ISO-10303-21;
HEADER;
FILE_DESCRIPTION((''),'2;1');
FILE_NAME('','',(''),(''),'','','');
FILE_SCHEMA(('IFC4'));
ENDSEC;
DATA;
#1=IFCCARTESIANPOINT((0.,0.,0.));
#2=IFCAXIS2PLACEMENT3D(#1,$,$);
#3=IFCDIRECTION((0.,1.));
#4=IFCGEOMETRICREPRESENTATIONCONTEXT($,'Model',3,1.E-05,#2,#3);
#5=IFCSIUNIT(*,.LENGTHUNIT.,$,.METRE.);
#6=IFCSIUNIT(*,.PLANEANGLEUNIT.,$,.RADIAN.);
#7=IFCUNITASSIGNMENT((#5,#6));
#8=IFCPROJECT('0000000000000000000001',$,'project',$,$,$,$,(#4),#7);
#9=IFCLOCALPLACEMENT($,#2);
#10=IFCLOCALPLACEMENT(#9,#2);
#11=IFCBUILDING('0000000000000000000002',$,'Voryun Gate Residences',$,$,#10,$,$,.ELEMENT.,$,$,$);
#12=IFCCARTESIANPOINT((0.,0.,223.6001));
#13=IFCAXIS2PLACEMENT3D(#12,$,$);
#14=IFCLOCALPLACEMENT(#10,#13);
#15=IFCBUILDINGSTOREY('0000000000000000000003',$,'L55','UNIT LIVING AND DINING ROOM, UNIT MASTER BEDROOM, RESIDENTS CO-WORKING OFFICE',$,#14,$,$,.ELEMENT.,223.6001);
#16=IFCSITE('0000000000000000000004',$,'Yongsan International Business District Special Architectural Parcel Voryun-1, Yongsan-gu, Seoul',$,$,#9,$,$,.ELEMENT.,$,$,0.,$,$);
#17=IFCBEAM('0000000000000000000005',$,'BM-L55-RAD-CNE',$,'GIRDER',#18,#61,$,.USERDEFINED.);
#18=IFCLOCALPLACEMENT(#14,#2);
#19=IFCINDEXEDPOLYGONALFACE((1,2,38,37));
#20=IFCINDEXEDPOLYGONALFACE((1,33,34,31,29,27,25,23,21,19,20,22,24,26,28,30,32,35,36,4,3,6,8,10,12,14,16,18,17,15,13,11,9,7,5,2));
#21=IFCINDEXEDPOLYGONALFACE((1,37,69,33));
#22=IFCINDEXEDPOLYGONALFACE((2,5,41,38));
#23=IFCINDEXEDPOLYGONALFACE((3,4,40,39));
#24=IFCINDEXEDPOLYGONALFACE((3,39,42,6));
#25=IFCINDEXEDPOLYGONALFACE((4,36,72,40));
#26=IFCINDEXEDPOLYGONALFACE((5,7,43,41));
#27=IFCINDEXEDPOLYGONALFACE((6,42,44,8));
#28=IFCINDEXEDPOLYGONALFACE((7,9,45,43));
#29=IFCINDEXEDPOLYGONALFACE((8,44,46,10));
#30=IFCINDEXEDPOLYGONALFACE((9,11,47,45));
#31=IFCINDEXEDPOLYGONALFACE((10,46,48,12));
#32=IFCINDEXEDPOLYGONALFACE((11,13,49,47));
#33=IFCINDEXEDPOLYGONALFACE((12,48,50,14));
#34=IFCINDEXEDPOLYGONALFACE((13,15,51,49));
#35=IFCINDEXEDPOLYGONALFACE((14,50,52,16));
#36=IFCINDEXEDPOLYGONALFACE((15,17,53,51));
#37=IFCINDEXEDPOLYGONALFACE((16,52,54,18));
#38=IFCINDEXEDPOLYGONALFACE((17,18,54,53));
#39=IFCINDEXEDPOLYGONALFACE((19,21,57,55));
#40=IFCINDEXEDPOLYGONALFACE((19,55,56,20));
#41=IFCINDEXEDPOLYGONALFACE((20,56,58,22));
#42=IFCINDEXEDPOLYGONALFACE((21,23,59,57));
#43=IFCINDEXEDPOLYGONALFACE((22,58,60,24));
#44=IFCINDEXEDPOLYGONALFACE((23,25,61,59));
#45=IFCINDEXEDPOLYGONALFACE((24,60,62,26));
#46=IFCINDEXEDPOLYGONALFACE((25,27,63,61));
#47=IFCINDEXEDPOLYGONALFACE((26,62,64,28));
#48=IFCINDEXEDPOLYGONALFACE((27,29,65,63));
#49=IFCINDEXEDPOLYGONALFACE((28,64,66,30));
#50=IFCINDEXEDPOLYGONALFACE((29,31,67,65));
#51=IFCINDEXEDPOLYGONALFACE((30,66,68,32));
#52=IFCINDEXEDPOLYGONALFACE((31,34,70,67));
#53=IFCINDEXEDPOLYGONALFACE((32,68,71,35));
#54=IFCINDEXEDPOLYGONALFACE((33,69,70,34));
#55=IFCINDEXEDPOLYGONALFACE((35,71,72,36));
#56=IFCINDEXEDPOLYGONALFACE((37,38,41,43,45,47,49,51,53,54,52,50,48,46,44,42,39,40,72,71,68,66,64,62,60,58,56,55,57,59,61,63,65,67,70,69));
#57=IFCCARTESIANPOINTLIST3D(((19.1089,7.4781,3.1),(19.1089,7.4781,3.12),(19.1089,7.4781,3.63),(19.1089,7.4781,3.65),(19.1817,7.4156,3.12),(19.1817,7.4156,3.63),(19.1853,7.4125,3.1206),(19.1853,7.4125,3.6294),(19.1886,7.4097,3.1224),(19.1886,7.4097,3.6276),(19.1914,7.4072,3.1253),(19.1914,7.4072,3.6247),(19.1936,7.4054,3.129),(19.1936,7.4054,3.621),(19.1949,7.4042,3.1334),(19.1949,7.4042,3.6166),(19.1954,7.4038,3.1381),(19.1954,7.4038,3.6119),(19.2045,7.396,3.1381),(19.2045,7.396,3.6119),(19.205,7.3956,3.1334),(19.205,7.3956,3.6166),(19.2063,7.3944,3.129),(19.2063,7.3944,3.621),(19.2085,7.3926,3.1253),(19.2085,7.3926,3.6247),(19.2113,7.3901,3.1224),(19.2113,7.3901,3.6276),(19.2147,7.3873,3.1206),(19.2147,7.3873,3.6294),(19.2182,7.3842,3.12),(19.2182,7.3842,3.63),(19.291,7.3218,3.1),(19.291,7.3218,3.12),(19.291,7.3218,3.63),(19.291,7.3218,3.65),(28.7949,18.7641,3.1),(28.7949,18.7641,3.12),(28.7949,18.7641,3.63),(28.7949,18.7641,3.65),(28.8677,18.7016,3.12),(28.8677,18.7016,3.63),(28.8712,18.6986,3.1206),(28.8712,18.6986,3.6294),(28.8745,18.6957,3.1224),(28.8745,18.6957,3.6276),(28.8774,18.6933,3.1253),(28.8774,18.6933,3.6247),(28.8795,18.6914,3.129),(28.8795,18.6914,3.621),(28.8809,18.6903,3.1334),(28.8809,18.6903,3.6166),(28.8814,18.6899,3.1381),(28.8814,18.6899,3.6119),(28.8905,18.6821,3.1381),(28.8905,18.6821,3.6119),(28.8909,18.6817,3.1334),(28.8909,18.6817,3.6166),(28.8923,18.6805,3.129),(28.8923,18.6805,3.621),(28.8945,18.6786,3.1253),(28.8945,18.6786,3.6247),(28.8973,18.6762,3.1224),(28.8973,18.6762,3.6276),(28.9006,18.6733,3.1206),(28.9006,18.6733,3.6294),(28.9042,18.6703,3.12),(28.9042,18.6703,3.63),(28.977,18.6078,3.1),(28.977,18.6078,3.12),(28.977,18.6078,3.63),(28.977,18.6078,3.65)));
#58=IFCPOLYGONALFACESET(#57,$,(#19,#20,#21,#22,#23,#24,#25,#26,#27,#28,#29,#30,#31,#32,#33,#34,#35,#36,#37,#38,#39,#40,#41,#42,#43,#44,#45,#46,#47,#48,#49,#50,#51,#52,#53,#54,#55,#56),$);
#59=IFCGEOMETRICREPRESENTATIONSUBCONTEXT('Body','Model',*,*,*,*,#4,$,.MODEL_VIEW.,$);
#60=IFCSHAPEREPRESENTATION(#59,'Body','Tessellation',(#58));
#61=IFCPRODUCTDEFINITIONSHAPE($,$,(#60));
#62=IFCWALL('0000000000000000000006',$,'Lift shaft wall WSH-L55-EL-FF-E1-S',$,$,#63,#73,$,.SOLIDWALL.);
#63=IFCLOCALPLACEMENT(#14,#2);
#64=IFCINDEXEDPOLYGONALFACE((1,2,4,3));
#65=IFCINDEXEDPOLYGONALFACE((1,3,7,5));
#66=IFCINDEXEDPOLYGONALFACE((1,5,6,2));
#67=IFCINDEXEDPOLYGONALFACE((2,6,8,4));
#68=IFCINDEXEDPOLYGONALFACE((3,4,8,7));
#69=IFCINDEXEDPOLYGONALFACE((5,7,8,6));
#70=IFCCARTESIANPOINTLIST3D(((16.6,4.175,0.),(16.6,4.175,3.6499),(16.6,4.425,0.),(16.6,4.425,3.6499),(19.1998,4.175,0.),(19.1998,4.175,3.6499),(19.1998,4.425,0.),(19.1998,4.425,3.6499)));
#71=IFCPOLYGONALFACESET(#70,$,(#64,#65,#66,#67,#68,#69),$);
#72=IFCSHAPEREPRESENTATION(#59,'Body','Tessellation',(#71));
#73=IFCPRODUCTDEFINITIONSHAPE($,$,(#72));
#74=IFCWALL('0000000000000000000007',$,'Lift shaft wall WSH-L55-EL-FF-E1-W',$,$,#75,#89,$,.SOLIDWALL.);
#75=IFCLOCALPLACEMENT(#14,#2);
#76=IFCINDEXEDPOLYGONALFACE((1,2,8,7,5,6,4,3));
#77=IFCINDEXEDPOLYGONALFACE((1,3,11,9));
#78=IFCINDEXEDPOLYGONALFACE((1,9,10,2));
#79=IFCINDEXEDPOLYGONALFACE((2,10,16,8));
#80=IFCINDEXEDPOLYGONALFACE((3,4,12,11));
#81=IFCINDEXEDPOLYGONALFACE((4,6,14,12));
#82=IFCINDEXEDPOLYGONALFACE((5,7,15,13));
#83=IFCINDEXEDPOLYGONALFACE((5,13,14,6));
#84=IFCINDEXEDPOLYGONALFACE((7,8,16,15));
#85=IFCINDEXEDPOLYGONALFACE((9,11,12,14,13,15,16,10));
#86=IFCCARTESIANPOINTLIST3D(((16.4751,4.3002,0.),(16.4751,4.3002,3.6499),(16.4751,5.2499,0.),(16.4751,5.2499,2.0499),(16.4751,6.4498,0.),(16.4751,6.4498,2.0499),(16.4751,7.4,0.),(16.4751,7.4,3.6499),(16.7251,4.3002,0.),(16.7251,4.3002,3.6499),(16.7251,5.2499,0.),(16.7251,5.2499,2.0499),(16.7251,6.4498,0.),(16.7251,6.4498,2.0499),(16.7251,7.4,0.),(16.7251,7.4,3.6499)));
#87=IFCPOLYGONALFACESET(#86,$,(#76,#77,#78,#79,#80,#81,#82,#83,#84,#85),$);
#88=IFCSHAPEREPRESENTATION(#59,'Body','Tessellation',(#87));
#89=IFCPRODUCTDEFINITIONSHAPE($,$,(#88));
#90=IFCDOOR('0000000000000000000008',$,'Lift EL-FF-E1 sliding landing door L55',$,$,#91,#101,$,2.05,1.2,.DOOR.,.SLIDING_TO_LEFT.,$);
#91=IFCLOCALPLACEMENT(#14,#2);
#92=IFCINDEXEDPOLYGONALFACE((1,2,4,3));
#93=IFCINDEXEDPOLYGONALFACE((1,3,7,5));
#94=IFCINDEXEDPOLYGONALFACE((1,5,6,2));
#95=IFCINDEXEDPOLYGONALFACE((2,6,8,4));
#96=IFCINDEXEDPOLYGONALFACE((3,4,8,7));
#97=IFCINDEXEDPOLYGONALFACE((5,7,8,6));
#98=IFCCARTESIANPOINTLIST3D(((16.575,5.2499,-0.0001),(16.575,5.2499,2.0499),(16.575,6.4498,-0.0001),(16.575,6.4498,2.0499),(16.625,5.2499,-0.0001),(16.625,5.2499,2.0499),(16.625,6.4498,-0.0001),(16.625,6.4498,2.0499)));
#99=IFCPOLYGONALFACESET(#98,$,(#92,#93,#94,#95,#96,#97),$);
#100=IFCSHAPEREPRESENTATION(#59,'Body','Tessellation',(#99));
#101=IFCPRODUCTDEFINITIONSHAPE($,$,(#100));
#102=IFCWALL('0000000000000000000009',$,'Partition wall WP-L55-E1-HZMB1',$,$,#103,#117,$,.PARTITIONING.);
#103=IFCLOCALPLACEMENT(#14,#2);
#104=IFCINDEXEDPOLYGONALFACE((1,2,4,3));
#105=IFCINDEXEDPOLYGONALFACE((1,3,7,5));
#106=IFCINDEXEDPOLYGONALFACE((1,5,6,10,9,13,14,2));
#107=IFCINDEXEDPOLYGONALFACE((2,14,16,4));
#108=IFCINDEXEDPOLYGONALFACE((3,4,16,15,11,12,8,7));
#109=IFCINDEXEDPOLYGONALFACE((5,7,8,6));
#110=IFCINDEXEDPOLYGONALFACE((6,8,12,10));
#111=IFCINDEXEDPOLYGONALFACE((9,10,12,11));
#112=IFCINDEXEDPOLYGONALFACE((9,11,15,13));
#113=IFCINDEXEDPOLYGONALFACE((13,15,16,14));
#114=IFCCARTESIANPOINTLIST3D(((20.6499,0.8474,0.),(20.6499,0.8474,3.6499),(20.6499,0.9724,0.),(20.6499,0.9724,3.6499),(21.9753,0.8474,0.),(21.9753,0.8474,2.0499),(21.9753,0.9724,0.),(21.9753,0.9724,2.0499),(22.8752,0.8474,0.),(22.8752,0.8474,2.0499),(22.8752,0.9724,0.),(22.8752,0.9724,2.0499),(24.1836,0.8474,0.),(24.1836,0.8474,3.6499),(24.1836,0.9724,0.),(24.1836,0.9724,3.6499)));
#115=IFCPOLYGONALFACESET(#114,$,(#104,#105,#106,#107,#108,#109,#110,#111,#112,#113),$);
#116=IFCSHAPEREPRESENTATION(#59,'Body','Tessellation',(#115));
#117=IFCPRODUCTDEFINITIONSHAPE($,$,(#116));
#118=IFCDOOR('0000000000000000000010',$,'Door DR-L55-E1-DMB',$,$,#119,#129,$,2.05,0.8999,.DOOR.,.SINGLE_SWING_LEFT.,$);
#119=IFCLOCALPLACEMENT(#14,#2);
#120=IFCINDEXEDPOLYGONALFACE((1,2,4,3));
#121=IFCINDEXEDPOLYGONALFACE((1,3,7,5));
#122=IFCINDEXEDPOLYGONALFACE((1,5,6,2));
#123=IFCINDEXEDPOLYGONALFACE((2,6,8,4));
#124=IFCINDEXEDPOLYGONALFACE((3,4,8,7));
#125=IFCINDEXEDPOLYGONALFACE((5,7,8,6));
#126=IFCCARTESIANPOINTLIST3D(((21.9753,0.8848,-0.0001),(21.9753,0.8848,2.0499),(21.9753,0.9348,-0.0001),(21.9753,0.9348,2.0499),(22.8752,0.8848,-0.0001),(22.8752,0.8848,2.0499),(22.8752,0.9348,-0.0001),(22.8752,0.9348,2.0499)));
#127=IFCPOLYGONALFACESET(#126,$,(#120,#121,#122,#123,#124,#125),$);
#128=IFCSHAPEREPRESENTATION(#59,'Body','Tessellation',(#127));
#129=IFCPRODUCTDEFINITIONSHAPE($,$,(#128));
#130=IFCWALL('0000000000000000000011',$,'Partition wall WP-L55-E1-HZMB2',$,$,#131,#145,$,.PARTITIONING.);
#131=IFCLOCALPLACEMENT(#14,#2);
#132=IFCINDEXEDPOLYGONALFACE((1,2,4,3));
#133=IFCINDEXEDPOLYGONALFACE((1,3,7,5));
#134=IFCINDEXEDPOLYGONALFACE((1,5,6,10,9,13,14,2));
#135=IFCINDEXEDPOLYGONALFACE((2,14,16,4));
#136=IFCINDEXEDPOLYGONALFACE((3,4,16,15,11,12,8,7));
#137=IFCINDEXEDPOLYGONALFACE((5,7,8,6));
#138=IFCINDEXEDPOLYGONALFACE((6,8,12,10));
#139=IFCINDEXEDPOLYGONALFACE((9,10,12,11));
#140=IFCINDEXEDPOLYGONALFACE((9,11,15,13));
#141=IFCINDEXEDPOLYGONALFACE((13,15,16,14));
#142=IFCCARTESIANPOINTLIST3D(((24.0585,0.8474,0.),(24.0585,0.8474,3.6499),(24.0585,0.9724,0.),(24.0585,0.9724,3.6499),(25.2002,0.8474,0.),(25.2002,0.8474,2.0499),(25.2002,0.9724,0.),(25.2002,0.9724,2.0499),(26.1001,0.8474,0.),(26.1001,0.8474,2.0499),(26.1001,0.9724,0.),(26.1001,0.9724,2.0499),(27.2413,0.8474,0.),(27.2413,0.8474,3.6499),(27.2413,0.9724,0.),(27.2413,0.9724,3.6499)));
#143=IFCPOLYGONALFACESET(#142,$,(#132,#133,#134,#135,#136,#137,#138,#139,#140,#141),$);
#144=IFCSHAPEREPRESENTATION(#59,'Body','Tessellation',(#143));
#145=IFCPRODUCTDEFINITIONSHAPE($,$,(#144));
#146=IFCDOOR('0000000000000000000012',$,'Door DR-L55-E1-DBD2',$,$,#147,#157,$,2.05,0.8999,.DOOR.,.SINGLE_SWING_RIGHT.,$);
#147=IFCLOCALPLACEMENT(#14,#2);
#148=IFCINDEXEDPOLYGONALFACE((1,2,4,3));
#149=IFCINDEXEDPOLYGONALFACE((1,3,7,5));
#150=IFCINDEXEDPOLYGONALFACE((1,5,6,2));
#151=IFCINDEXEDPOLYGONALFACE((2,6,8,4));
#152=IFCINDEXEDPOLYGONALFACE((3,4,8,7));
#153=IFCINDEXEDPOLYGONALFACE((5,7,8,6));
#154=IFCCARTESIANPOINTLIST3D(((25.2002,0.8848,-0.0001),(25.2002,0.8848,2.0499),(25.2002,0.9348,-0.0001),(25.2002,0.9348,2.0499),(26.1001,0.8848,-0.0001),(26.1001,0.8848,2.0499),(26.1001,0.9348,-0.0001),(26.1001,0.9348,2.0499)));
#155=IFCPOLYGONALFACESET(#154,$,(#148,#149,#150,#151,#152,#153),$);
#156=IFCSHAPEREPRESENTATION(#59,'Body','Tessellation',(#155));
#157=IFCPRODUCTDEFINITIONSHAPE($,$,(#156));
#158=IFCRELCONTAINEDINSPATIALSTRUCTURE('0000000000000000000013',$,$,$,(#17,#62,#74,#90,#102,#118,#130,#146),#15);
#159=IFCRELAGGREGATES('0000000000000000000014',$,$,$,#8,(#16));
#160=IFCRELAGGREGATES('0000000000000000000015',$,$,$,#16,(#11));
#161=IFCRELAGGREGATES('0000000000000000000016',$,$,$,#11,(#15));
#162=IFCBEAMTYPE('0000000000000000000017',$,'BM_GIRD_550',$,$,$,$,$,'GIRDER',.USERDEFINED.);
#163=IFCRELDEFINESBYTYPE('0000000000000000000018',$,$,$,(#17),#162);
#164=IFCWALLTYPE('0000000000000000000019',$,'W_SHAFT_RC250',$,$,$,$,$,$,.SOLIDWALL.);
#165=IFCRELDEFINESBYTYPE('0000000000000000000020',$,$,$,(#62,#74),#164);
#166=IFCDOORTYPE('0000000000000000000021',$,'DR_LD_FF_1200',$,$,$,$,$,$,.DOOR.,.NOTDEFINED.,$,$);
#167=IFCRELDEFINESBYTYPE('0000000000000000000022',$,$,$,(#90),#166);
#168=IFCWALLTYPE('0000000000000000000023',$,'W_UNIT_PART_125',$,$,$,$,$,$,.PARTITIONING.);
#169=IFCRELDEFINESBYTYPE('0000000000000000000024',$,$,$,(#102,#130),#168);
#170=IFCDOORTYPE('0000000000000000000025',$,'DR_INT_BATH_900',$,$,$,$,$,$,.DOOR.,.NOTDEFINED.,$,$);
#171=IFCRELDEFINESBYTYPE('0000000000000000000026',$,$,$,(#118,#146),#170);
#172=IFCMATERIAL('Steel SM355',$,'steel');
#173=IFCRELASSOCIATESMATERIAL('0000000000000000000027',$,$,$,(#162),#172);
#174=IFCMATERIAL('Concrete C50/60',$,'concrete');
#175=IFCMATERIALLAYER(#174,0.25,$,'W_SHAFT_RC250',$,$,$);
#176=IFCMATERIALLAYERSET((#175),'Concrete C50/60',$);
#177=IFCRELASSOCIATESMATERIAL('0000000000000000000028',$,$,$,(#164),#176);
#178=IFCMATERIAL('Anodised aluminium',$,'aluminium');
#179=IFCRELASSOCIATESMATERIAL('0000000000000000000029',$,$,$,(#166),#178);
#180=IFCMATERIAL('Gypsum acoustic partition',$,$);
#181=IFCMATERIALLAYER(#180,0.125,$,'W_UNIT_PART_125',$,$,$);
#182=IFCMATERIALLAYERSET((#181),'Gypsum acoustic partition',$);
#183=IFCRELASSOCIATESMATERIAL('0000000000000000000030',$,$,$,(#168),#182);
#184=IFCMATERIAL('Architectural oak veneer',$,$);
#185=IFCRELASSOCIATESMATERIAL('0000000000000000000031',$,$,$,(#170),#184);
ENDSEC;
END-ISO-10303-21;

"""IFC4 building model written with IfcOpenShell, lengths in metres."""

from ifc_helpers import new_model, si_unit, direction, frame, frame_2d, origin, origin_2d, place, context, subcontext, project, spatial, rectangle, i_section, extrude, material, layer, layer_set, material_profile, profile_set, type_object, element, fill, save


model = new_model("IFC4")

# Units and contexts
model_context = context("Model", 3, precision=1e-05, world=origin(), true_north=direction((0.0, 1.0)))
body_context = subcontext(model_context, "Body", "Model", "MODEL_VIEW")
ifc_project = project(units=[si_unit("LENGTHUNIT", "METRE"), si_unit("PLANEANGLEUNIT", "RADIAN")], contexts=[model_context])

# Site, building, storey
site_placement = place(None, origin())
site = spatial("IfcSite", under=ifc_project, at=site_placement, Name="Yongsan International Business District Special Architectural Parcel Voryun-1, Yongsan-gu, Seoul", CompositionType="ELEMENT", RefElevation=0.0)
building_placement = place(site_placement, origin())
building = spatial("IfcBuilding", under=site, at=building_placement, Name="Voryun Gate Residences", CompositionType="ELEMENT")
storey_placement = place(building_placement, frame((0.0, 0.0, 223.6001)))
storey = spatial("IfcBuildingStorey", under=building, at=storey_placement, Name="L55", Description="UNIT LIVING AND DINING ROOM, UNIT MASTER BEDROOM, RESIDENTS CO-WORKING OFFICE", CompositionType="ELEMENT", Elevation=223.6001)

# Beam
ifc_material_1 = material(Name="Steel SM355", Category="steel")
ifc_material_profile_1 = material_profile(ifc_material_1, i_section(OverallWidth=0.24, OverallDepth=0.55, WebThickness=0.012, FlangeThickness=0.02, FilletRadius=0.0181, at=origin_2d()), Name="H-550x240x12x20")
ifc_profile_set_1 = profile_set([ifc_material_profile_1], Name="Steel SM355")
beam_type_1 = type_object("IfcBeamType", Name="BM_GIRD_550", ElementType="GIRDER", PredefinedType="USERDEFINED", material=ifc_profile_set_1)
beam_1_placement = place(storey_placement, frame((19.2, 7.3999, 3.375), z_axis=(0.651264, 0.758851, 0.0), x_axis=(-0.758851, 0.651264, 0.0)))
element("IfcBeam", 1, at=beam_1_placement, inside=storey, type_object=beam_type_1, Name="BM-L55-RAD-CNE", ObjectType="GIRDER", PredefinedType="USERDEFINED", context=body_context, shape_type="SweptSolid", body=[
    extrude(i_section(OverallWidth=0.24, OverallDepth=0.55, WebThickness=0.012, FlangeThickness=0.02, FilletRadius=0.0181, at=origin_2d()), origin(), (0.0, 0.0, 1.0), 14.8726),
])

# Wall
ifc_material_2 = material(Name="Concrete C50/60", Category="concrete")
ifc_layer_1 = layer(ifc_material_2, 0.25, Name="W_SHAFT_RC250")
ifc_layer_set_1 = layer_set([ifc_layer_1], Name="Concrete C50/60")
wall_type_1 = type_object("IfcWallType", Name="W_SHAFT_RC250", PredefinedType="SOLIDWALL", material=ifc_layer_set_1)
wall_1_placement = place(storey_placement, frame((16.6001, 4.3, 0.0), z_axis=(0.0, 0.0, 1.0), x_axis=(1.0, 0.0, 0.0)))
element("IfcWall", 2, at=wall_1_placement, inside=storey, type_object=wall_type_1, Name="Lift shaft wall WSH-L55-EL-FF-E1-S", PredefinedType="SOLIDWALL", context=body_context, shape_type="SweptSolid", body=[
    extrude(rectangle(XDim=2.5999, YDim=0.25, at=frame_2d((1.2998, 0.0))), origin(), (0.0, 0.0, 1.0), 3.6499),
])

# Walls, openings, doors
wall_2_placement = place(storey_placement, frame((16.6001, 7.3999, 0.0), z_axis=(0.0, 0.0, 1.0), x_axis=(0.0, -1.0, 0.0)))
wall_2 = element("IfcWall", 3, at=wall_2_placement, inside=storey, type_object=wall_type_1, Name="Lift shaft wall WSH-L55-EL-FF-E1-W", PredefinedType="SOLIDWALL", context=body_context, shape_type="SweptSolid", body=[
    extrude(rectangle(XDim=3.0999, YDim=0.25, at=frame_2d((1.5498, 0.0))), origin(), (0.0, 0.0, 1.0), 3.6499),
])
opening_1_placement = place(wall_2_placement, frame((0.95, 0.0, 0.0)))
opening_1 = element("IfcOpeningElement", 4, at=opening_1_placement, cuts=wall_2, PredefinedType="OPENING", context=body_context, shape_type="SweptSolid", body=[
    extrude(rectangle(XDim=1.2, YDim=2.05, at=frame_2d((0.6001, 1.0249))), frame((0.0, 0.135, 0.0), z_axis=(0.0, -1.0, 0.0), x_axis=(1.0, 0.0, 0.0)), (0.0, 0.0, 1.0), 0.27),
])
ifc_material_3 = material(Name="Anodised aluminium", Category="aluminium")
door_type_1 = type_object("IfcDoorType", Name="DR_LD_FF_1200", OperationType="NOTDEFINED", PredefinedType="DOOR", material=ifc_material_3)
door_1_placement = place(opening_1_placement, origin())
door_1 = element("IfcDoor", 5, at=door_1_placement, inside=storey, type_object=door_type_1, Name="Lift EL-FF-E1 sliding landing door L55", OperationType="SLIDING_TO_LEFT", OverallHeight=2.05, OverallWidth=1.2, PredefinedType="DOOR", context=body_context, shape_type="SweptSolid", body=[
    extrude(rectangle(XDim=1.2, YDim=2.05, at=frame_2d((0.6001, 1.0249))), frame((0.0, 0.0249, 0.0), z_axis=(0.0, -1.0, 0.0), x_axis=(1.0, 0.0, 0.0)), (0.0, 0.0, 1.0), 0.05),
])
fill(opening_1, door_1)
ifc_material_4 = material(Name="Gypsum acoustic partition")
ifc_layer_2 = layer(ifc_material_4, 0.125, Name="W_UNIT_PART_125")
ifc_layer_set_2 = layer_set([ifc_layer_2], Name="Gypsum acoustic partition")
wall_type_2 = type_object("IfcWallType", Name="W_UNIT_PART_125", PredefinedType="PARTITIONING", material=ifc_layer_set_2)
wall_3_placement = place(storey_placement, frame((20.6499, 0.9099, 0.0), z_axis=(0.0, 0.0, 1.0), x_axis=(1.0, 0.0, 0.0)))
wall_3 = element("IfcWall", 6, at=wall_3_placement, inside=storey, type_object=wall_type_2, Name="Partition wall WP-L55-E1-HZMB1", PredefinedType="PARTITIONING", context=body_context, shape_type="SweptSolid", body=[
    extrude(rectangle(XDim=3.5337, YDim=0.125, at=frame_2d((1.7668, 0.0))), origin(), (0.0, 0.0, 1.0), 3.6499),
])
opening_2_placement = place(wall_3_placement, frame((1.3254, 0.0, 0.0)))
opening_2 = element("IfcOpeningElement", 7, at=opening_2_placement, cuts=wall_3, PredefinedType="OPENING", context=body_context, shape_type="SweptSolid", body=[
    extrude(rectangle(XDim=0.8999, YDim=2.05, at=frame_2d((0.45, 1.0249))), frame((0.0, 0.0725, 0.0), z_axis=(0.0, -1.0, 0.0), x_axis=(1.0, 0.0, 0.0)), (0.0, 0.0, 1.0), 0.145),
])
ifc_material_5 = material(Name="Architectural oak veneer")
door_type_2 = type_object("IfcDoorType", Name="DR_INT_BATH_900", OperationType="NOTDEFINED", PredefinedType="DOOR", material=ifc_material_5)
door_2_placement = place(opening_2_placement, origin())
door_2 = element("IfcDoor", 8, at=door_2_placement, inside=storey, type_object=door_type_2, Name="Door DR-L55-E1-DMB", OperationType="SINGLE_SWING_LEFT", OverallHeight=2.05, OverallWidth=0.8999, PredefinedType="DOOR", context=body_context, shape_type="SweptSolid", body=[
    extrude(rectangle(XDim=0.8999, YDim=2.05, at=frame_2d((0.45, 1.0249))), frame((0.0, 0.0249, 0.0), z_axis=(0.0, -1.0, 0.0), x_axis=(1.0, 0.0, 0.0)), (0.0, 0.0, 1.0), 0.05),
])
fill(opening_2, door_2)
wall_4_placement = place(storey_placement, frame((24.0586, 0.9099, 0.0), z_axis=(0.0, 0.0, 1.0), x_axis=(1.0, 0.0, 0.0)))
wall_4 = element("IfcWall", 9, at=wall_4_placement, inside=storey, type_object=wall_type_2, Name="Partition wall WP-L55-E1-HZMB2", PredefinedType="PARTITIONING", context=body_context, shape_type="SweptSolid", body=[
    extrude(rectangle(XDim=3.1829, YDim=0.125, at=frame_2d((1.5913, 0.0))), origin(), (0.0, 0.0, 1.0), 3.6499),
])
opening_3_placement = place(wall_4_placement, frame((1.1416, 0.0, 0.0)))
opening_3 = element("IfcOpeningElement", 10, at=opening_3_placement, cuts=wall_4, PredefinedType="OPENING", context=body_context, shape_type="SweptSolid", body=[
    extrude(rectangle(XDim=0.8999, YDim=2.05, at=frame_2d((0.45, 1.0249))), frame((0.0, 0.0725, 0.0), z_axis=(0.0, -1.0, 0.0), x_axis=(1.0, 0.0, 0.0)), (0.0, 0.0, 1.0), 0.145),
])
door_3_placement = place(opening_3_placement, origin())
door_3 = element("IfcDoor", 11, at=door_3_placement, inside=storey, type_object=door_type_2, Name="Door DR-L55-E1-DBD2", OperationType="SINGLE_SWING_RIGHT", OverallHeight=2.05, OverallWidth=0.8999, PredefinedType="DOOR", context=body_context, shape_type="SweptSolid", body=[
    extrude(rectangle(XDim=0.8999, YDim=2.05, at=frame_2d((0.45, 1.0249))), frame((0.0, 0.0249, 0.0), z_axis=(0.0, -1.0, 0.0), x_axis=(1.0, 0.0, 0.0)), (0.0, 0.0, 1.0), 0.05),
])
fill(opening_3, door_3)

save(model, "model.ifc")
